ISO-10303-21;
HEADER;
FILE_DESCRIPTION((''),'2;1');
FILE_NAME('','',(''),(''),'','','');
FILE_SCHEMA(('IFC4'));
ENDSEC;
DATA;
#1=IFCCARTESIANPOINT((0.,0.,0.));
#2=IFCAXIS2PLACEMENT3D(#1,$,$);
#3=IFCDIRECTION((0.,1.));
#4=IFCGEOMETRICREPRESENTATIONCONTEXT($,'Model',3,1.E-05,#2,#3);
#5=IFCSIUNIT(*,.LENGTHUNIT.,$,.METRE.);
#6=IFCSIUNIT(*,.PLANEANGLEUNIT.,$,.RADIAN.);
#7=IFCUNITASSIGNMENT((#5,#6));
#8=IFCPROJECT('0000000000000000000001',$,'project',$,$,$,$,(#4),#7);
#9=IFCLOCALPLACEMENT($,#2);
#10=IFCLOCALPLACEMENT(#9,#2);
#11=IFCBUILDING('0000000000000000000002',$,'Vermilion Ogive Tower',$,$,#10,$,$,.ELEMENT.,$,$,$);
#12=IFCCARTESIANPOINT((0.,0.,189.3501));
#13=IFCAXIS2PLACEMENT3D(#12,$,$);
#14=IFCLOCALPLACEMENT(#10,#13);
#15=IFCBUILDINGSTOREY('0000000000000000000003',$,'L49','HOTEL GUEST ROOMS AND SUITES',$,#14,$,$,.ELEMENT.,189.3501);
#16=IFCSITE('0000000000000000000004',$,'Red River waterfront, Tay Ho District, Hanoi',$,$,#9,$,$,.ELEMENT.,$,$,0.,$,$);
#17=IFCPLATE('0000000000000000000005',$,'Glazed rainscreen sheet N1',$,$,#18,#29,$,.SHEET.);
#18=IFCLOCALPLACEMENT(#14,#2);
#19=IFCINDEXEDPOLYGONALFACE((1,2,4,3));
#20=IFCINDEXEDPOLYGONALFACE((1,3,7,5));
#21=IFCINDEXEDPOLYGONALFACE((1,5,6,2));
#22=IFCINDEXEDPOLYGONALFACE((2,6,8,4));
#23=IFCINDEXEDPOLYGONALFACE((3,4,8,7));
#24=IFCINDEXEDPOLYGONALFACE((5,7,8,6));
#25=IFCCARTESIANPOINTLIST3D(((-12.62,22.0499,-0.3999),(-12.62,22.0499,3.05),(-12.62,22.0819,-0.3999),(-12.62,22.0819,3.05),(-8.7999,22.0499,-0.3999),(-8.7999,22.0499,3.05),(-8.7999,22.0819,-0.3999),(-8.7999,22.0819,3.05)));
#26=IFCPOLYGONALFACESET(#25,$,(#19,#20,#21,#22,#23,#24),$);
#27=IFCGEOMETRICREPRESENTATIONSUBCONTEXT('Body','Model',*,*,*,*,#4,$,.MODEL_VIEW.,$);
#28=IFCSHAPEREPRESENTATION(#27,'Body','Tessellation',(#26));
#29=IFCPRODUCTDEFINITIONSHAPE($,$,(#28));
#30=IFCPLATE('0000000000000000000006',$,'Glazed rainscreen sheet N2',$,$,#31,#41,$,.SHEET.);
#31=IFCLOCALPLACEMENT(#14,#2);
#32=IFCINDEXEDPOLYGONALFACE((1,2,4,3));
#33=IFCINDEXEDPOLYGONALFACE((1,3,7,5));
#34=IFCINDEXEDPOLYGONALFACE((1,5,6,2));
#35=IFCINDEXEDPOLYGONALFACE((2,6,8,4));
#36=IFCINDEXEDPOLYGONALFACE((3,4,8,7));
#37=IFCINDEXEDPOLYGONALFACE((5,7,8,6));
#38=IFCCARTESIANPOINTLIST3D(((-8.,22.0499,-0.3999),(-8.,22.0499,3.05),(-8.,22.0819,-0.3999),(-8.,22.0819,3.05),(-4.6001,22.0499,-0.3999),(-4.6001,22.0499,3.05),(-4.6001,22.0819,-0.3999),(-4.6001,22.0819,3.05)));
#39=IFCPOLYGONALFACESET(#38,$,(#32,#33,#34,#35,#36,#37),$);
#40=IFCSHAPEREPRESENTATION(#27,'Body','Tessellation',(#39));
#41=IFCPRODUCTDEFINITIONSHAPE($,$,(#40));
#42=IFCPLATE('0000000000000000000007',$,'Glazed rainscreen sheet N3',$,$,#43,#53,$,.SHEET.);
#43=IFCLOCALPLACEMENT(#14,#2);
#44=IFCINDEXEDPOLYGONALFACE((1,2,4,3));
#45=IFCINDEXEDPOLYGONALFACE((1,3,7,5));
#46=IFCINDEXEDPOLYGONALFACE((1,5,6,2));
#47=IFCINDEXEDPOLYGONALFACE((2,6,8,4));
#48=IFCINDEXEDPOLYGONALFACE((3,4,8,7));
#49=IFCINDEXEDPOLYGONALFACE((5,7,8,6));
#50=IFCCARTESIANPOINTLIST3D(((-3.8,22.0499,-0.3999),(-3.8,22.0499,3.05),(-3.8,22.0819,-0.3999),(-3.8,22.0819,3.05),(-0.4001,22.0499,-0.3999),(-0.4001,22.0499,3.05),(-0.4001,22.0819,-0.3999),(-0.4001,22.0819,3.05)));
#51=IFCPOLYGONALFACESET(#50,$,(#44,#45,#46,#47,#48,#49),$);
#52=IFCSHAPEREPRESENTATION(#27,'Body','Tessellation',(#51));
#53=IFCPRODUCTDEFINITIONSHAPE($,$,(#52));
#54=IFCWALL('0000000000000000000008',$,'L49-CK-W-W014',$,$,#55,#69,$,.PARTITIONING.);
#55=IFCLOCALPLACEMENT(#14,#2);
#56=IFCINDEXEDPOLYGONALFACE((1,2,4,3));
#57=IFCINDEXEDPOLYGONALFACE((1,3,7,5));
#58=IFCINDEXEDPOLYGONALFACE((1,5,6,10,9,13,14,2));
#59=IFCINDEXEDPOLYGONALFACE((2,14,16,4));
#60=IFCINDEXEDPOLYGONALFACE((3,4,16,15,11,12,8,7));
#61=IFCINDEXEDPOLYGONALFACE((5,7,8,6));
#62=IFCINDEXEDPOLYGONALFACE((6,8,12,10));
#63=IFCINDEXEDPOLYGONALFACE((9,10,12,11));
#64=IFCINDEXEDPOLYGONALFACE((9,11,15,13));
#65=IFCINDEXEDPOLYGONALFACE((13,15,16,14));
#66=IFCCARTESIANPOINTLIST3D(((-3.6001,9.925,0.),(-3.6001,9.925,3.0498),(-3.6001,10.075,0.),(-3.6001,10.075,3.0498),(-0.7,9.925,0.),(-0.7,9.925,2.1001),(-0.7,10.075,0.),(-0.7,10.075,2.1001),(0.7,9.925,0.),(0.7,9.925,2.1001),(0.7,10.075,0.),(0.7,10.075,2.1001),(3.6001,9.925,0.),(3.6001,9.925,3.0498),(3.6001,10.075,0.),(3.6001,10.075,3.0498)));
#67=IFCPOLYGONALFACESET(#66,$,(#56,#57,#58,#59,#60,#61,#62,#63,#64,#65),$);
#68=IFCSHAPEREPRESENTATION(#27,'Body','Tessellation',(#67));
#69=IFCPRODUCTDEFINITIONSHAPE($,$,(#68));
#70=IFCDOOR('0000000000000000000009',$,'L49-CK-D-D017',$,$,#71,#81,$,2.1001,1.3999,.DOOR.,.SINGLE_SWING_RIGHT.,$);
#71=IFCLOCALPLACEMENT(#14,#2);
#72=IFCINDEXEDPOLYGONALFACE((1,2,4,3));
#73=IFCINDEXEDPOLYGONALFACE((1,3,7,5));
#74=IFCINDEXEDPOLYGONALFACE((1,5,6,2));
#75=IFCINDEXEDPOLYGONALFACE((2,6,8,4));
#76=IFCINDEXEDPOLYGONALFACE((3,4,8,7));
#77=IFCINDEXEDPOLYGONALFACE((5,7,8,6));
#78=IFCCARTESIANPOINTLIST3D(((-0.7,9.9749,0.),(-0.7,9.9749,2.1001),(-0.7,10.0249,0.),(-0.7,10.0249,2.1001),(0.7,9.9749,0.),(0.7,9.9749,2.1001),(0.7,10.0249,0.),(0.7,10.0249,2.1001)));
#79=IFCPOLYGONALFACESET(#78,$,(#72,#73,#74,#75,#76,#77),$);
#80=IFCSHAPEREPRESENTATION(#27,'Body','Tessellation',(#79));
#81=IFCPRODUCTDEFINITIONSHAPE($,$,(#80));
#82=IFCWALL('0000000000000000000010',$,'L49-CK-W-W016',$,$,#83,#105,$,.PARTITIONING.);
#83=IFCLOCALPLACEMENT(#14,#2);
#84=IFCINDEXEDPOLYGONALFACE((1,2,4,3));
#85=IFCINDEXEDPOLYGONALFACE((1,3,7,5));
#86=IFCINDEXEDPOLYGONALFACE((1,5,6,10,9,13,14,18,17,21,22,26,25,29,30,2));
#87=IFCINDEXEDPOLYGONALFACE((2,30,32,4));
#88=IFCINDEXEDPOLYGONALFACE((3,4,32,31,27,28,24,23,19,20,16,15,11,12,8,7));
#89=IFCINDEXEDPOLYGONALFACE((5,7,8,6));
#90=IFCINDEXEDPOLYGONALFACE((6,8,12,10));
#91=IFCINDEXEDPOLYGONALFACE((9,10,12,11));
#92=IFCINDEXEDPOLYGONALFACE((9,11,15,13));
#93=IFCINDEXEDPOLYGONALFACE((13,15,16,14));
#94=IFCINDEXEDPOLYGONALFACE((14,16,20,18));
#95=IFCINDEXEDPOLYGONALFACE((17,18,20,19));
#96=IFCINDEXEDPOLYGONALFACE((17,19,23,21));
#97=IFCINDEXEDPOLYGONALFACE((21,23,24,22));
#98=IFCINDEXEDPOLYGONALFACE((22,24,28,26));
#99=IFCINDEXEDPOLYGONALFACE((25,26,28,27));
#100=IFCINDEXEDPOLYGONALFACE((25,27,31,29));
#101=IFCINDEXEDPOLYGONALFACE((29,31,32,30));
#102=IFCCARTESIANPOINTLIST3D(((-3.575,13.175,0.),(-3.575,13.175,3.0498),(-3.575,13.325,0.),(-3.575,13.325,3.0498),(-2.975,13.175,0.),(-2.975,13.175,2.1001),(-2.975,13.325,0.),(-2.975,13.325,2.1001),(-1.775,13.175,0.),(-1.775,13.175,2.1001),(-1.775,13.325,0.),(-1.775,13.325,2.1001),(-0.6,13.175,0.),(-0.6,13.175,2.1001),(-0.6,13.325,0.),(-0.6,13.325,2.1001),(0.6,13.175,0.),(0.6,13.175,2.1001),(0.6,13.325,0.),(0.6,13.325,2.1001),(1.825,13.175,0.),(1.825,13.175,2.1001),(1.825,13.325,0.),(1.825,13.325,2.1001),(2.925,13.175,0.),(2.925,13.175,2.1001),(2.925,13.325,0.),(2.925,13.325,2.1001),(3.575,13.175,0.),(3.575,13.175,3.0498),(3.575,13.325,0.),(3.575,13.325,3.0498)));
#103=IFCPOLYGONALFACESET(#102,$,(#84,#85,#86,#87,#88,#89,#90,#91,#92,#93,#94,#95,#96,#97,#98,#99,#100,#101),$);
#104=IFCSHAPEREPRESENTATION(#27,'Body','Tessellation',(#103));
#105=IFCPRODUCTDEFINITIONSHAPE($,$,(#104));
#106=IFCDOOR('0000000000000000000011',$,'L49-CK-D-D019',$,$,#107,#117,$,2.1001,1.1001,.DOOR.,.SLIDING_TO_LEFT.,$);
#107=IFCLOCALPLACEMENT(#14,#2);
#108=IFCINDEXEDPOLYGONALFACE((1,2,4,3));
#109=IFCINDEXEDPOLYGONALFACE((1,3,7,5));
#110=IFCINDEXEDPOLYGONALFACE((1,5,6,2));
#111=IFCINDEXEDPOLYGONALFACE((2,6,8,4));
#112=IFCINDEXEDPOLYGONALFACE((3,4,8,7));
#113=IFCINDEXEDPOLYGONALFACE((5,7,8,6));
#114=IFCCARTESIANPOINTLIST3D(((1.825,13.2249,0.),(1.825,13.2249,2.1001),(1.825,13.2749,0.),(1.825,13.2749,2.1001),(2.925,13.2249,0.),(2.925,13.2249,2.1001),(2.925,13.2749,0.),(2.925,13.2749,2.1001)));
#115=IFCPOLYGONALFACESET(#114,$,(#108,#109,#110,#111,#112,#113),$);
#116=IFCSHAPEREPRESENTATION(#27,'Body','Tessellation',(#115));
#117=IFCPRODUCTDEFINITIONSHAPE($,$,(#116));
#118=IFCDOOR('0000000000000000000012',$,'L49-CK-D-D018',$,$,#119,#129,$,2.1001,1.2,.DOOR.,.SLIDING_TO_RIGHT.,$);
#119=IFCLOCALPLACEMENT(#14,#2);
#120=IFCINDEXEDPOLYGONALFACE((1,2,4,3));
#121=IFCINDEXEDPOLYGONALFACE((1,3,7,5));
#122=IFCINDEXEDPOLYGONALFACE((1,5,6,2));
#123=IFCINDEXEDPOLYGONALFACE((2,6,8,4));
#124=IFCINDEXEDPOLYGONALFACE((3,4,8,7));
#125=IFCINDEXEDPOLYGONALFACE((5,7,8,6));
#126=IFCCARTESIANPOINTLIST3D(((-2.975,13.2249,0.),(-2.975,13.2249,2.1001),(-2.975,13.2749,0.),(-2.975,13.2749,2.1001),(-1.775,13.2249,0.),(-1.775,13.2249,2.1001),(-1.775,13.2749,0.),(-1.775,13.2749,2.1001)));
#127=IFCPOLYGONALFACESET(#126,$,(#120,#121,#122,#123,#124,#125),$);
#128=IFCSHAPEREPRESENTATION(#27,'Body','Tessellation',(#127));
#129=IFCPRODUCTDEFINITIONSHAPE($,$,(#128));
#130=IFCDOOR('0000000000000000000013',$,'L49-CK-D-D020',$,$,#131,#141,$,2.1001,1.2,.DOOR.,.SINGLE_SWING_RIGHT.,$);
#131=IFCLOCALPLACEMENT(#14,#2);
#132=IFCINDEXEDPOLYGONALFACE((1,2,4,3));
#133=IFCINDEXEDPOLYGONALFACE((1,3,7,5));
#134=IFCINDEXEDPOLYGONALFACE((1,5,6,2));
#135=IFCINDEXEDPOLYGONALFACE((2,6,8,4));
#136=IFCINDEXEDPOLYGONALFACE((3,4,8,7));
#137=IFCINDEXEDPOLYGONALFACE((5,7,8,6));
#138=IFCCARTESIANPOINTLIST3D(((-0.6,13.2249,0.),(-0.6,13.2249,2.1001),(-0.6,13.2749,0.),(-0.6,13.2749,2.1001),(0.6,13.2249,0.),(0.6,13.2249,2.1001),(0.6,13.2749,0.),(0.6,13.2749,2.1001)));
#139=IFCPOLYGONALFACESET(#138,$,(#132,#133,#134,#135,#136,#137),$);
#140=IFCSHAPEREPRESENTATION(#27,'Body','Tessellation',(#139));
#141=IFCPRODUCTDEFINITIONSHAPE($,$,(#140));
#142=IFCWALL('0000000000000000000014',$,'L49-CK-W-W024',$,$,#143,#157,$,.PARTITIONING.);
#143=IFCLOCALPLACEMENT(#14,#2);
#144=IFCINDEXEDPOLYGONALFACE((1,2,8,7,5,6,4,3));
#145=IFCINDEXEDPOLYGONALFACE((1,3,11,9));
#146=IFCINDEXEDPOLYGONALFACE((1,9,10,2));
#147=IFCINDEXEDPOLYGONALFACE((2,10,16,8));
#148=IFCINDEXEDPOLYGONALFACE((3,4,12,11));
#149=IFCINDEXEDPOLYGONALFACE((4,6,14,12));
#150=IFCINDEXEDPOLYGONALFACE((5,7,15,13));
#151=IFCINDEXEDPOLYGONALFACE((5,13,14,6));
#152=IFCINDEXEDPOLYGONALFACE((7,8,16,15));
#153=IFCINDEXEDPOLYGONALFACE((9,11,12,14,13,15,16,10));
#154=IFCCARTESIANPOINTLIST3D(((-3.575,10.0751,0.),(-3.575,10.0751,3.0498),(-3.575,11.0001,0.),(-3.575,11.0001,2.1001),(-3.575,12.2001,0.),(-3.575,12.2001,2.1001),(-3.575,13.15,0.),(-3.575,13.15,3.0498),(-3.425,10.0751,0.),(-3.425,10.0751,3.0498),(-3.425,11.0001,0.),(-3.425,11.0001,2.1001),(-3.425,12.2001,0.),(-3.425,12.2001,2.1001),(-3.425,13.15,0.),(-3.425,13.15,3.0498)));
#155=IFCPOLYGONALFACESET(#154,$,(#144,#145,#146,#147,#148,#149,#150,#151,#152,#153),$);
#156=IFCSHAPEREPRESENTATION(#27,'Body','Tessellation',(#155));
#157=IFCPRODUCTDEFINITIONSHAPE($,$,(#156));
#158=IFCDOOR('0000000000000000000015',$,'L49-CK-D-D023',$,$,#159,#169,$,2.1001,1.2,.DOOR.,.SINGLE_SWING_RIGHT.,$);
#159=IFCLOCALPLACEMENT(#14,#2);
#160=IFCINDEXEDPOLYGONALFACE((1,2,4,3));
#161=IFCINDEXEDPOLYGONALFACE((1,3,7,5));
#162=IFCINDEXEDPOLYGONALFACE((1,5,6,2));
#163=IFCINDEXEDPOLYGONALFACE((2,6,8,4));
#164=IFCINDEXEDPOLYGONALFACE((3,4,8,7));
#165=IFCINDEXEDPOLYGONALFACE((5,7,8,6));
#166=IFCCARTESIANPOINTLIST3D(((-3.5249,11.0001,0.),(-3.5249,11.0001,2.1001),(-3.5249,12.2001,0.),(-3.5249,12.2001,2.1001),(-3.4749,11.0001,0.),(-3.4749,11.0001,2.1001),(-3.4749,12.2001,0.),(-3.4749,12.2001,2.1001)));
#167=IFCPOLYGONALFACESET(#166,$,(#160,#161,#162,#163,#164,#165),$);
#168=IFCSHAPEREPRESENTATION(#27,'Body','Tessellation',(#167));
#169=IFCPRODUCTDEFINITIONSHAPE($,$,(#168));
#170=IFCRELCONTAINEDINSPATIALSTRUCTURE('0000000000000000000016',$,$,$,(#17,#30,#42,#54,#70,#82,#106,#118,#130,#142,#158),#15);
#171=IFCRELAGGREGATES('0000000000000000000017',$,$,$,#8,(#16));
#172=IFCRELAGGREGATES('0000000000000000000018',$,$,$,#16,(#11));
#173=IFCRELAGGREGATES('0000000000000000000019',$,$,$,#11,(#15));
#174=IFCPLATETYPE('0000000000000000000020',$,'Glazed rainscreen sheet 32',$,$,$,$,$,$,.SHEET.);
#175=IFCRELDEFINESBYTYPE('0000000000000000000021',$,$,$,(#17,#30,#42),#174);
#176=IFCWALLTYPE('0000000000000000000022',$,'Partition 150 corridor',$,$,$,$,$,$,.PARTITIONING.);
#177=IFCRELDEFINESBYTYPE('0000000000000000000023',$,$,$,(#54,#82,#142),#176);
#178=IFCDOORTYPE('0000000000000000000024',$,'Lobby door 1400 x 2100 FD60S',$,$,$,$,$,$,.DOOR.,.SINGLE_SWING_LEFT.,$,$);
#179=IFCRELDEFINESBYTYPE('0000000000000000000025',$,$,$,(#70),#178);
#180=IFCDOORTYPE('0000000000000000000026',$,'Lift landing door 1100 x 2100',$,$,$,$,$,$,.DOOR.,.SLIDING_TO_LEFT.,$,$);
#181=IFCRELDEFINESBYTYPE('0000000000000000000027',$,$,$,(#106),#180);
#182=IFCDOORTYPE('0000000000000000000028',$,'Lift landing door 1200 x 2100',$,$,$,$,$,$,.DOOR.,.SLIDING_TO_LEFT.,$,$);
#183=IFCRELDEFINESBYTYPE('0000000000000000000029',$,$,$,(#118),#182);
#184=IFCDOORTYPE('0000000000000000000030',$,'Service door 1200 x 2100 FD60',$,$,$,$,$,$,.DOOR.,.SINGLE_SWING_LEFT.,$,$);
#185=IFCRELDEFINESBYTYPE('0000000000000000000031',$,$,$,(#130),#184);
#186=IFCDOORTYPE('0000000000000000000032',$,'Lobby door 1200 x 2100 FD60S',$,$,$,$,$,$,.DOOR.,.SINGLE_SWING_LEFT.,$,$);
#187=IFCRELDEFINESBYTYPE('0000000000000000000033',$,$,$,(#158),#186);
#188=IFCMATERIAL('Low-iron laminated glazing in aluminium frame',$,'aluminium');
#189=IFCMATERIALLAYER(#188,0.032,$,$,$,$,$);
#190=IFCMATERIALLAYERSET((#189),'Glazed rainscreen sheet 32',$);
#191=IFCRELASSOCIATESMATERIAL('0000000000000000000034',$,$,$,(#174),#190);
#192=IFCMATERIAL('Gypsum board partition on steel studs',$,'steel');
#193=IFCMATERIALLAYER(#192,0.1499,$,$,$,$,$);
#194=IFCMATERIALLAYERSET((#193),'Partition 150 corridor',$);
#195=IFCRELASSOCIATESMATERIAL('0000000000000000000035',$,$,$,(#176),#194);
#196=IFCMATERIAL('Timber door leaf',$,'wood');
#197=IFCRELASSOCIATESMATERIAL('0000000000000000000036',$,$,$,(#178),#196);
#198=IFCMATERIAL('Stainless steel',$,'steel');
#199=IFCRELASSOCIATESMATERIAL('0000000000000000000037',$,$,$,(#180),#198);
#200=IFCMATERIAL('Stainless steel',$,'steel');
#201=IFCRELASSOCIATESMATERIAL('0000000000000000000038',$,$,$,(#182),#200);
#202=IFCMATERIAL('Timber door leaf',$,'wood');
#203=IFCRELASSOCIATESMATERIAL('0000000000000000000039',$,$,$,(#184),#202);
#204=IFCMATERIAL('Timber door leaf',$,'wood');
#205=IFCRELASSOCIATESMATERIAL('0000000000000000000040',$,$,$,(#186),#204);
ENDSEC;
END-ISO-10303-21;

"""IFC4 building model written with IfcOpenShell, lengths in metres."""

from ifc_helpers import new_model, si_unit, direction, frame, frame_2d, origin, origin_2d, place, context, subcontext, project, spatial, rectangle, extrude, material, layer, layer_set, type_object, element, fill, save


model = new_model("IFC4")

# Units and contexts
model_context = context("Model", 3, precision=1e-05, world=origin(), true_north=direction((0.0, 1.0)))
body_context = subcontext(model_context, "Body", "Model", "MODEL_VIEW")
ifc_project = project(units=[si_unit("LENGTHUNIT", "METRE"), si_unit("PLANEANGLEUNIT", "RADIAN")], contexts=[model_context])

# Site, building, storey
site_placement = place(None, origin())
site = spatial("IfcSite", under=ifc_project, at=site_placement, Name="Red River waterfront, Tay Ho District, Hanoi", CompositionType="ELEMENT", RefElevation=0.0)
building_placement = place(site_placement, origin())
building = spatial("IfcBuilding", under=site, at=building_placement, Name="Vermilion Ogive Tower", CompositionType="ELEMENT")
storey_placement = place(building_placement, frame((0.0, 0.0, 189.3501)))
storey = spatial("IfcBuildingStorey", under=building, at=storey_placement, Name="L49", Description="HOTEL GUEST ROOMS AND SUITES", CompositionType="ELEMENT", Elevation=189.3501)

# Plates
ifc_material_1 = material(Name="Low-iron laminated glazing in aluminium frame", Category="aluminium")
ifc_layer_1 = layer(ifc_material_1, 0.032)
ifc_layer_set_1 = layer_set([ifc_layer_1], Name="Glazed rainscreen sheet 32")
plate_type = type_object("IfcPlateType", Name="Glazed rainscreen sheet 32", PredefinedType="SHEET", material=ifc_layer_set_1)
plate_placement = place(storey_placement, frame((-10.71, 22.0659, -0.3999), z_axis=(0.0, 0.0, 1.0), x_axis=(1.0, 0.0, 0.0)))
element("IfcPlate", 1, at=plate_placement, inside=storey, type_object=plate_type, Name="Glazed rainscreen sheet N1", PredefinedType="SHEET", context=body_context, shape_type="SweptSolid", body=[
    extrude(rectangle(XDim=3.8201, YDim=0.032, at=origin_2d()), origin(), (0.0, 0.0, 1.0), 3.45),
])
for number, where, z_axis, x_axis, name in (
    (2, (-6.3, 22.0659, -0.3999), (0.0, 0.0, 1.0), (1.0, 0.0, 0.0), "Glazed rainscreen sheet N2"),
    (3, (-2.1001, 22.0659, -0.3999), (0.0, 0.0, 1.0), (1.0, 0.0, 0.0), "Glazed rainscreen sheet N3"),
):
    element("IfcPlate", number, at=place(storey_placement, frame(where, z_axis=z_axis, x_axis=x_axis)), inside=storey, type_object=plate_type, Name=name, PredefinedType="SHEET", context=body_context, shape_type="SweptSolid", body=[
        extrude(rectangle(XDim=3.3999, YDim=0.032, at=origin_2d()), origin(), (0.0, 0.0, 1.0), 3.45),
    ])

# Wall, opening, door
ifc_material_2 = material(Name="Gypsum board partition on steel studs", Category="steel")
ifc_layer_2 = layer(ifc_material_2, 0.1499)
ifc_layer_set_2 = layer_set([ifc_layer_2], Name="Partition 150 corridor")
wall_type_1 = type_object("IfcWallType", Name="Partition 150 corridor", PredefinedType="PARTITIONING", material=ifc_layer_set_2)
wall_1_placement = place(storey_placement, frame((-3.6001, 10.0, 0.0), z_axis=(0.0, 0.0, 1.0), x_axis=(1.0, 0.0, 0.0)))
wall_1 = element("IfcWall", 4, at=wall_1_placement, inside=storey, type_object=wall_type_1, Name="L49-CK-W-W014", PredefinedType="PARTITIONING", context=body_context, shape_type="SweptSolid", body=[
    extrude(rectangle(XDim=7.2002, YDim=0.1499, at=frame_2d((3.6001, 0.0))), origin(), (0.0, 0.0, 1.0), 3.0498),
])
opening_1_placement = place(wall_1_placement, frame((2.9001, 0.0, 0.0)))
opening_1 = element("IfcOpeningElement", 5, at=opening_1_placement, cuts=wall_1, PredefinedType="OPENING", context=body_context, shape_type="SweptSolid", body=[
    extrude(rectangle(XDim=1.3999, YDim=2.1001, at=frame_2d((0.7, 1.05))), frame((0.0, 0.085, 0.0), z_axis=(0.0, -1.0, 0.0), x_axis=(1.0, 0.0, 0.0)), (0.0, 0.0, 1.0), 0.1699),
])
ifc_material_3 = material(Name="Timber door leaf", Category="wood")
door_type_1 = type_object("IfcDoorType", Name="Lobby door 1400 x 2100 FD60S", OperationType="SINGLE_SWING_LEFT", PredefinedType="DOOR", material=ifc_material_3)
door_1_placement = place(opening_1_placement, origin())
door_1 = element("IfcDoor", 6, at=door_1_placement, inside=storey, type_object=door_type_1, Name="L49-CK-D-D017", OperationType="SINGLE_SWING_RIGHT", OverallHeight=2.1001, OverallWidth=1.3999, PredefinedType="DOOR", context=body_context, shape_type="SweptSolid", body=[
    extrude(rectangle(XDim=1.3999, YDim=2.1001, at=frame_2d((0.7, 1.05))), frame((0.0, 0.0249, 0.0), z_axis=(0.0, -1.0, 0.0), x_axis=(1.0, 0.0, 0.0)), (0.0, 0.0, 1.0), 0.05),
])
fill(opening_1, door_1)

# Wall, openings, doors
wall_2_placement = place(storey_placement, frame((-3.575, 13.25, 0.0), z_axis=(0.0, 0.0, 1.0), x_axis=(1.0, 0.0, 0.0)))
wall_2 = element("IfcWall", 7, at=wall_2_placement, inside=storey, type_object=wall_type_1, Name="L49-CK-W-W016", PredefinedType="PARTITIONING", context=body_context, shape_type="SweptSolid", body=[
    extrude(rectangle(XDim=7.1499, YDim=0.1499, at=frame_2d((3.575, 0.0))), origin(), (0.0, 0.0, 1.0), 3.0498),
])
opening_2_placement = place(wall_2_placement, frame((0.5999, 0.0, 0.0)))
opening_2 = element("IfcOpeningElement", 8, at=opening_2_placement, cuts=wall_2, PredefinedType="OPENING", context=body_context, shape_type="SweptSolid", body=[
    extrude(rectangle(XDim=1.2, YDim=2.1001, at=frame_2d((0.6001, 1.05))), frame((0.0, 0.085, 0.0), z_axis=(0.0, -1.0, 0.0), x_axis=(1.0, 0.0, 0.0)), (0.0, 0.0, 1.0), 0.1699),
])
opening_3_placement = place(wall_2_placement, frame((5.3999, 0.0, 0.0)))
opening_3 = element("IfcOpeningElement", 9, at=opening_3_placement, cuts=wall_2, PredefinedType="OPENING", context=body_context, shape_type="SweptSolid", body=[
    extrude(rectangle(XDim=1.1001, YDim=2.1001, at=frame_2d((0.55, 1.05))), frame((0.0, 0.085, 0.0), z_axis=(0.0, -1.0, 0.0), x_axis=(1.0, 0.0, 0.0)), (0.0, 0.0, 1.0), 0.1699),
])
opening_4_placement = place(wall_2_placement, frame((2.9749, 0.0, 0.0)))
opening_4 = element("IfcOpeningElement", 10, at=opening_4_placement, cuts=wall_2, PredefinedType="OPENING", context=body_context, shape_type="SweptSolid", body=[
    extrude(rectangle(XDim=1.2, YDim=2.1001, at=frame_2d((0.6001, 1.05))), frame((0.0, 0.085, 0.0), z_axis=(0.0, -1.0, 0.0), x_axis=(1.0, 0.0, 0.0)), (0.0, 0.0, 1.0), 0.1699),
])
ifc_material_4 = material(Name="Stainless steel", Category="steel")
door_type_2 = type_object("IfcDoorType", Name="Lift landing door 1100 x 2100", OperationType="SLIDING_TO_LEFT", PredefinedType="DOOR", material=ifc_material_4)
door_2_placement = place(opening_3_placement, origin())
door_2 = element("IfcDoor", 11, at=door_2_placement, inside=storey, type_object=door_type_2, Name="L49-CK-D-D019", OperationType="SLIDING_TO_LEFT", OverallHeight=2.1001, OverallWidth=1.1001, PredefinedType="DOOR", context=body_context, shape_type="SweptSolid", body=[
    extrude(rectangle(XDim=1.1001, YDim=2.1001, at=frame_2d((0.55, 1.05))), frame((0.0, 0.0249, 0.0), z_axis=(0.0, -1.0, 0.0), x_axis=(1.0, 0.0, 0.0)), (0.0, 0.0, 1.0), 0.05),
])
fill(opening_3, door_2)
ifc_material_5 = material(Name="Stainless steel", Category="steel")
door_type_3 = type_object("IfcDoorType", Name="Lift landing door 1200 x 2100", OperationType="SLIDING_TO_LEFT", PredefinedType="DOOR", material=ifc_material_5)
door_3_placement = place(opening_2_placement, origin())
door_3 = element("IfcDoor", 12, at=door_3_placement, inside=storey, type_object=door_type_3, Name="L49-CK-D-D018", OperationType="SLIDING_TO_RIGHT", OverallHeight=2.1001, OverallWidth=1.2, PredefinedType="DOOR", context=body_context, shape_type="SweptSolid", body=[
    extrude(rectangle(XDim=1.2, YDim=2.1001, at=frame_2d((0.6001, 1.05))), frame((0.0, 0.0249, 0.0), z_axis=(0.0, -1.0, 0.0), x_axis=(1.0, 0.0, 0.0)), (0.0, 0.0, 1.0), 0.05),
])
fill(opening_2, door_3)
ifc_material_6 = material(Name="Timber door leaf", Category="wood")
door_type_4 = type_object("IfcDoorType", Name="Service door 1200 x 2100 FD60", OperationType="SINGLE_SWING_LEFT", PredefinedType="DOOR", material=ifc_material_6)
door_4_placement = place(opening_4_placement, origin())
door_4 = element("IfcDoor", 13, at=door_4_placement, inside=storey, type_object=door_type_4, Name="L49-CK-D-D020", OperationType="SINGLE_SWING_RIGHT", OverallHeight=2.1001, OverallWidth=1.2, PredefinedType="DOOR", context=body_context, shape_type="SweptSolid", body=[
    extrude(rectangle(XDim=1.2, YDim=2.1001, at=frame_2d((0.6001, 1.05))), frame((0.0, 0.0249, 0.0), z_axis=(0.0, -1.0, 0.0), x_axis=(1.0, 0.0, 0.0)), (0.0, 0.0, 1.0), 0.05),
])
fill(opening_4, door_4)

# Wall, opening, door
wall_3_placement = place(storey_placement, frame((-3.5, 10.075, 0.0), z_axis=(0.0, 0.0, 1.0), x_axis=(0.0, 1.0, 0.0)))
wall_3 = element("IfcWall", 14, at=wall_3_placement, inside=storey, type_object=wall_type_1, Name="L49-CK-W-W024", PredefinedType="PARTITIONING", context=body_context, shape_type="SweptSolid", body=[
    extrude(rectangle(XDim=3.075, YDim=0.1499, at=frame_2d((1.5376, 0.0))), origin(), (0.0, 0.0, 1.0), 3.0498),
])
opening_5_placement = place(wall_3_placement, frame((0.925, 0.0, 0.0)))
opening_5 = element("IfcOpeningElement", 15, at=opening_5_placement, cuts=wall_3, PredefinedType="OPENING", context=body_context, shape_type="SweptSolid", body=[
    extrude(rectangle(XDim=1.2, YDim=2.1001, at=frame_2d((0.6001, 1.05))), frame((0.0, 0.085, 0.0), z_axis=(0.0, -1.0, 0.0), x_axis=(1.0, 0.0, 0.0)), (0.0, 0.0, 1.0), 0.1699),
])
ifc_material_7 = material(Name="Timber door leaf", Category="wood")
door_type_5 = type_object("IfcDoorType", Name="Lobby door 1200 x 2100 FD60S", OperationType="SINGLE_SWING_LEFT", PredefinedType="DOOR", material=ifc_material_7)
door_5_placement = place(opening_5_placement, origin())
door_5 = element("IfcDoor", 16, at=door_5_placement, inside=storey, type_object=door_type_5, Name="L49-CK-D-D023", OperationType="SINGLE_SWING_RIGHT", OverallHeight=2.1001, OverallWidth=1.2, PredefinedType="DOOR", context=body_context, shape_type="SweptSolid", body=[
    extrude(rectangle(XDim=1.2, YDim=2.1001, at=frame_2d((0.6001, 1.05))), frame((0.0, 0.0249, 0.0), z_axis=(0.0, -1.0, 0.0), x_axis=(1.0, 0.0, 0.0)), (0.0, 0.0, 1.0), 0.05),
])
fill(opening_5, door_5)

save(model, "model.ifc")
